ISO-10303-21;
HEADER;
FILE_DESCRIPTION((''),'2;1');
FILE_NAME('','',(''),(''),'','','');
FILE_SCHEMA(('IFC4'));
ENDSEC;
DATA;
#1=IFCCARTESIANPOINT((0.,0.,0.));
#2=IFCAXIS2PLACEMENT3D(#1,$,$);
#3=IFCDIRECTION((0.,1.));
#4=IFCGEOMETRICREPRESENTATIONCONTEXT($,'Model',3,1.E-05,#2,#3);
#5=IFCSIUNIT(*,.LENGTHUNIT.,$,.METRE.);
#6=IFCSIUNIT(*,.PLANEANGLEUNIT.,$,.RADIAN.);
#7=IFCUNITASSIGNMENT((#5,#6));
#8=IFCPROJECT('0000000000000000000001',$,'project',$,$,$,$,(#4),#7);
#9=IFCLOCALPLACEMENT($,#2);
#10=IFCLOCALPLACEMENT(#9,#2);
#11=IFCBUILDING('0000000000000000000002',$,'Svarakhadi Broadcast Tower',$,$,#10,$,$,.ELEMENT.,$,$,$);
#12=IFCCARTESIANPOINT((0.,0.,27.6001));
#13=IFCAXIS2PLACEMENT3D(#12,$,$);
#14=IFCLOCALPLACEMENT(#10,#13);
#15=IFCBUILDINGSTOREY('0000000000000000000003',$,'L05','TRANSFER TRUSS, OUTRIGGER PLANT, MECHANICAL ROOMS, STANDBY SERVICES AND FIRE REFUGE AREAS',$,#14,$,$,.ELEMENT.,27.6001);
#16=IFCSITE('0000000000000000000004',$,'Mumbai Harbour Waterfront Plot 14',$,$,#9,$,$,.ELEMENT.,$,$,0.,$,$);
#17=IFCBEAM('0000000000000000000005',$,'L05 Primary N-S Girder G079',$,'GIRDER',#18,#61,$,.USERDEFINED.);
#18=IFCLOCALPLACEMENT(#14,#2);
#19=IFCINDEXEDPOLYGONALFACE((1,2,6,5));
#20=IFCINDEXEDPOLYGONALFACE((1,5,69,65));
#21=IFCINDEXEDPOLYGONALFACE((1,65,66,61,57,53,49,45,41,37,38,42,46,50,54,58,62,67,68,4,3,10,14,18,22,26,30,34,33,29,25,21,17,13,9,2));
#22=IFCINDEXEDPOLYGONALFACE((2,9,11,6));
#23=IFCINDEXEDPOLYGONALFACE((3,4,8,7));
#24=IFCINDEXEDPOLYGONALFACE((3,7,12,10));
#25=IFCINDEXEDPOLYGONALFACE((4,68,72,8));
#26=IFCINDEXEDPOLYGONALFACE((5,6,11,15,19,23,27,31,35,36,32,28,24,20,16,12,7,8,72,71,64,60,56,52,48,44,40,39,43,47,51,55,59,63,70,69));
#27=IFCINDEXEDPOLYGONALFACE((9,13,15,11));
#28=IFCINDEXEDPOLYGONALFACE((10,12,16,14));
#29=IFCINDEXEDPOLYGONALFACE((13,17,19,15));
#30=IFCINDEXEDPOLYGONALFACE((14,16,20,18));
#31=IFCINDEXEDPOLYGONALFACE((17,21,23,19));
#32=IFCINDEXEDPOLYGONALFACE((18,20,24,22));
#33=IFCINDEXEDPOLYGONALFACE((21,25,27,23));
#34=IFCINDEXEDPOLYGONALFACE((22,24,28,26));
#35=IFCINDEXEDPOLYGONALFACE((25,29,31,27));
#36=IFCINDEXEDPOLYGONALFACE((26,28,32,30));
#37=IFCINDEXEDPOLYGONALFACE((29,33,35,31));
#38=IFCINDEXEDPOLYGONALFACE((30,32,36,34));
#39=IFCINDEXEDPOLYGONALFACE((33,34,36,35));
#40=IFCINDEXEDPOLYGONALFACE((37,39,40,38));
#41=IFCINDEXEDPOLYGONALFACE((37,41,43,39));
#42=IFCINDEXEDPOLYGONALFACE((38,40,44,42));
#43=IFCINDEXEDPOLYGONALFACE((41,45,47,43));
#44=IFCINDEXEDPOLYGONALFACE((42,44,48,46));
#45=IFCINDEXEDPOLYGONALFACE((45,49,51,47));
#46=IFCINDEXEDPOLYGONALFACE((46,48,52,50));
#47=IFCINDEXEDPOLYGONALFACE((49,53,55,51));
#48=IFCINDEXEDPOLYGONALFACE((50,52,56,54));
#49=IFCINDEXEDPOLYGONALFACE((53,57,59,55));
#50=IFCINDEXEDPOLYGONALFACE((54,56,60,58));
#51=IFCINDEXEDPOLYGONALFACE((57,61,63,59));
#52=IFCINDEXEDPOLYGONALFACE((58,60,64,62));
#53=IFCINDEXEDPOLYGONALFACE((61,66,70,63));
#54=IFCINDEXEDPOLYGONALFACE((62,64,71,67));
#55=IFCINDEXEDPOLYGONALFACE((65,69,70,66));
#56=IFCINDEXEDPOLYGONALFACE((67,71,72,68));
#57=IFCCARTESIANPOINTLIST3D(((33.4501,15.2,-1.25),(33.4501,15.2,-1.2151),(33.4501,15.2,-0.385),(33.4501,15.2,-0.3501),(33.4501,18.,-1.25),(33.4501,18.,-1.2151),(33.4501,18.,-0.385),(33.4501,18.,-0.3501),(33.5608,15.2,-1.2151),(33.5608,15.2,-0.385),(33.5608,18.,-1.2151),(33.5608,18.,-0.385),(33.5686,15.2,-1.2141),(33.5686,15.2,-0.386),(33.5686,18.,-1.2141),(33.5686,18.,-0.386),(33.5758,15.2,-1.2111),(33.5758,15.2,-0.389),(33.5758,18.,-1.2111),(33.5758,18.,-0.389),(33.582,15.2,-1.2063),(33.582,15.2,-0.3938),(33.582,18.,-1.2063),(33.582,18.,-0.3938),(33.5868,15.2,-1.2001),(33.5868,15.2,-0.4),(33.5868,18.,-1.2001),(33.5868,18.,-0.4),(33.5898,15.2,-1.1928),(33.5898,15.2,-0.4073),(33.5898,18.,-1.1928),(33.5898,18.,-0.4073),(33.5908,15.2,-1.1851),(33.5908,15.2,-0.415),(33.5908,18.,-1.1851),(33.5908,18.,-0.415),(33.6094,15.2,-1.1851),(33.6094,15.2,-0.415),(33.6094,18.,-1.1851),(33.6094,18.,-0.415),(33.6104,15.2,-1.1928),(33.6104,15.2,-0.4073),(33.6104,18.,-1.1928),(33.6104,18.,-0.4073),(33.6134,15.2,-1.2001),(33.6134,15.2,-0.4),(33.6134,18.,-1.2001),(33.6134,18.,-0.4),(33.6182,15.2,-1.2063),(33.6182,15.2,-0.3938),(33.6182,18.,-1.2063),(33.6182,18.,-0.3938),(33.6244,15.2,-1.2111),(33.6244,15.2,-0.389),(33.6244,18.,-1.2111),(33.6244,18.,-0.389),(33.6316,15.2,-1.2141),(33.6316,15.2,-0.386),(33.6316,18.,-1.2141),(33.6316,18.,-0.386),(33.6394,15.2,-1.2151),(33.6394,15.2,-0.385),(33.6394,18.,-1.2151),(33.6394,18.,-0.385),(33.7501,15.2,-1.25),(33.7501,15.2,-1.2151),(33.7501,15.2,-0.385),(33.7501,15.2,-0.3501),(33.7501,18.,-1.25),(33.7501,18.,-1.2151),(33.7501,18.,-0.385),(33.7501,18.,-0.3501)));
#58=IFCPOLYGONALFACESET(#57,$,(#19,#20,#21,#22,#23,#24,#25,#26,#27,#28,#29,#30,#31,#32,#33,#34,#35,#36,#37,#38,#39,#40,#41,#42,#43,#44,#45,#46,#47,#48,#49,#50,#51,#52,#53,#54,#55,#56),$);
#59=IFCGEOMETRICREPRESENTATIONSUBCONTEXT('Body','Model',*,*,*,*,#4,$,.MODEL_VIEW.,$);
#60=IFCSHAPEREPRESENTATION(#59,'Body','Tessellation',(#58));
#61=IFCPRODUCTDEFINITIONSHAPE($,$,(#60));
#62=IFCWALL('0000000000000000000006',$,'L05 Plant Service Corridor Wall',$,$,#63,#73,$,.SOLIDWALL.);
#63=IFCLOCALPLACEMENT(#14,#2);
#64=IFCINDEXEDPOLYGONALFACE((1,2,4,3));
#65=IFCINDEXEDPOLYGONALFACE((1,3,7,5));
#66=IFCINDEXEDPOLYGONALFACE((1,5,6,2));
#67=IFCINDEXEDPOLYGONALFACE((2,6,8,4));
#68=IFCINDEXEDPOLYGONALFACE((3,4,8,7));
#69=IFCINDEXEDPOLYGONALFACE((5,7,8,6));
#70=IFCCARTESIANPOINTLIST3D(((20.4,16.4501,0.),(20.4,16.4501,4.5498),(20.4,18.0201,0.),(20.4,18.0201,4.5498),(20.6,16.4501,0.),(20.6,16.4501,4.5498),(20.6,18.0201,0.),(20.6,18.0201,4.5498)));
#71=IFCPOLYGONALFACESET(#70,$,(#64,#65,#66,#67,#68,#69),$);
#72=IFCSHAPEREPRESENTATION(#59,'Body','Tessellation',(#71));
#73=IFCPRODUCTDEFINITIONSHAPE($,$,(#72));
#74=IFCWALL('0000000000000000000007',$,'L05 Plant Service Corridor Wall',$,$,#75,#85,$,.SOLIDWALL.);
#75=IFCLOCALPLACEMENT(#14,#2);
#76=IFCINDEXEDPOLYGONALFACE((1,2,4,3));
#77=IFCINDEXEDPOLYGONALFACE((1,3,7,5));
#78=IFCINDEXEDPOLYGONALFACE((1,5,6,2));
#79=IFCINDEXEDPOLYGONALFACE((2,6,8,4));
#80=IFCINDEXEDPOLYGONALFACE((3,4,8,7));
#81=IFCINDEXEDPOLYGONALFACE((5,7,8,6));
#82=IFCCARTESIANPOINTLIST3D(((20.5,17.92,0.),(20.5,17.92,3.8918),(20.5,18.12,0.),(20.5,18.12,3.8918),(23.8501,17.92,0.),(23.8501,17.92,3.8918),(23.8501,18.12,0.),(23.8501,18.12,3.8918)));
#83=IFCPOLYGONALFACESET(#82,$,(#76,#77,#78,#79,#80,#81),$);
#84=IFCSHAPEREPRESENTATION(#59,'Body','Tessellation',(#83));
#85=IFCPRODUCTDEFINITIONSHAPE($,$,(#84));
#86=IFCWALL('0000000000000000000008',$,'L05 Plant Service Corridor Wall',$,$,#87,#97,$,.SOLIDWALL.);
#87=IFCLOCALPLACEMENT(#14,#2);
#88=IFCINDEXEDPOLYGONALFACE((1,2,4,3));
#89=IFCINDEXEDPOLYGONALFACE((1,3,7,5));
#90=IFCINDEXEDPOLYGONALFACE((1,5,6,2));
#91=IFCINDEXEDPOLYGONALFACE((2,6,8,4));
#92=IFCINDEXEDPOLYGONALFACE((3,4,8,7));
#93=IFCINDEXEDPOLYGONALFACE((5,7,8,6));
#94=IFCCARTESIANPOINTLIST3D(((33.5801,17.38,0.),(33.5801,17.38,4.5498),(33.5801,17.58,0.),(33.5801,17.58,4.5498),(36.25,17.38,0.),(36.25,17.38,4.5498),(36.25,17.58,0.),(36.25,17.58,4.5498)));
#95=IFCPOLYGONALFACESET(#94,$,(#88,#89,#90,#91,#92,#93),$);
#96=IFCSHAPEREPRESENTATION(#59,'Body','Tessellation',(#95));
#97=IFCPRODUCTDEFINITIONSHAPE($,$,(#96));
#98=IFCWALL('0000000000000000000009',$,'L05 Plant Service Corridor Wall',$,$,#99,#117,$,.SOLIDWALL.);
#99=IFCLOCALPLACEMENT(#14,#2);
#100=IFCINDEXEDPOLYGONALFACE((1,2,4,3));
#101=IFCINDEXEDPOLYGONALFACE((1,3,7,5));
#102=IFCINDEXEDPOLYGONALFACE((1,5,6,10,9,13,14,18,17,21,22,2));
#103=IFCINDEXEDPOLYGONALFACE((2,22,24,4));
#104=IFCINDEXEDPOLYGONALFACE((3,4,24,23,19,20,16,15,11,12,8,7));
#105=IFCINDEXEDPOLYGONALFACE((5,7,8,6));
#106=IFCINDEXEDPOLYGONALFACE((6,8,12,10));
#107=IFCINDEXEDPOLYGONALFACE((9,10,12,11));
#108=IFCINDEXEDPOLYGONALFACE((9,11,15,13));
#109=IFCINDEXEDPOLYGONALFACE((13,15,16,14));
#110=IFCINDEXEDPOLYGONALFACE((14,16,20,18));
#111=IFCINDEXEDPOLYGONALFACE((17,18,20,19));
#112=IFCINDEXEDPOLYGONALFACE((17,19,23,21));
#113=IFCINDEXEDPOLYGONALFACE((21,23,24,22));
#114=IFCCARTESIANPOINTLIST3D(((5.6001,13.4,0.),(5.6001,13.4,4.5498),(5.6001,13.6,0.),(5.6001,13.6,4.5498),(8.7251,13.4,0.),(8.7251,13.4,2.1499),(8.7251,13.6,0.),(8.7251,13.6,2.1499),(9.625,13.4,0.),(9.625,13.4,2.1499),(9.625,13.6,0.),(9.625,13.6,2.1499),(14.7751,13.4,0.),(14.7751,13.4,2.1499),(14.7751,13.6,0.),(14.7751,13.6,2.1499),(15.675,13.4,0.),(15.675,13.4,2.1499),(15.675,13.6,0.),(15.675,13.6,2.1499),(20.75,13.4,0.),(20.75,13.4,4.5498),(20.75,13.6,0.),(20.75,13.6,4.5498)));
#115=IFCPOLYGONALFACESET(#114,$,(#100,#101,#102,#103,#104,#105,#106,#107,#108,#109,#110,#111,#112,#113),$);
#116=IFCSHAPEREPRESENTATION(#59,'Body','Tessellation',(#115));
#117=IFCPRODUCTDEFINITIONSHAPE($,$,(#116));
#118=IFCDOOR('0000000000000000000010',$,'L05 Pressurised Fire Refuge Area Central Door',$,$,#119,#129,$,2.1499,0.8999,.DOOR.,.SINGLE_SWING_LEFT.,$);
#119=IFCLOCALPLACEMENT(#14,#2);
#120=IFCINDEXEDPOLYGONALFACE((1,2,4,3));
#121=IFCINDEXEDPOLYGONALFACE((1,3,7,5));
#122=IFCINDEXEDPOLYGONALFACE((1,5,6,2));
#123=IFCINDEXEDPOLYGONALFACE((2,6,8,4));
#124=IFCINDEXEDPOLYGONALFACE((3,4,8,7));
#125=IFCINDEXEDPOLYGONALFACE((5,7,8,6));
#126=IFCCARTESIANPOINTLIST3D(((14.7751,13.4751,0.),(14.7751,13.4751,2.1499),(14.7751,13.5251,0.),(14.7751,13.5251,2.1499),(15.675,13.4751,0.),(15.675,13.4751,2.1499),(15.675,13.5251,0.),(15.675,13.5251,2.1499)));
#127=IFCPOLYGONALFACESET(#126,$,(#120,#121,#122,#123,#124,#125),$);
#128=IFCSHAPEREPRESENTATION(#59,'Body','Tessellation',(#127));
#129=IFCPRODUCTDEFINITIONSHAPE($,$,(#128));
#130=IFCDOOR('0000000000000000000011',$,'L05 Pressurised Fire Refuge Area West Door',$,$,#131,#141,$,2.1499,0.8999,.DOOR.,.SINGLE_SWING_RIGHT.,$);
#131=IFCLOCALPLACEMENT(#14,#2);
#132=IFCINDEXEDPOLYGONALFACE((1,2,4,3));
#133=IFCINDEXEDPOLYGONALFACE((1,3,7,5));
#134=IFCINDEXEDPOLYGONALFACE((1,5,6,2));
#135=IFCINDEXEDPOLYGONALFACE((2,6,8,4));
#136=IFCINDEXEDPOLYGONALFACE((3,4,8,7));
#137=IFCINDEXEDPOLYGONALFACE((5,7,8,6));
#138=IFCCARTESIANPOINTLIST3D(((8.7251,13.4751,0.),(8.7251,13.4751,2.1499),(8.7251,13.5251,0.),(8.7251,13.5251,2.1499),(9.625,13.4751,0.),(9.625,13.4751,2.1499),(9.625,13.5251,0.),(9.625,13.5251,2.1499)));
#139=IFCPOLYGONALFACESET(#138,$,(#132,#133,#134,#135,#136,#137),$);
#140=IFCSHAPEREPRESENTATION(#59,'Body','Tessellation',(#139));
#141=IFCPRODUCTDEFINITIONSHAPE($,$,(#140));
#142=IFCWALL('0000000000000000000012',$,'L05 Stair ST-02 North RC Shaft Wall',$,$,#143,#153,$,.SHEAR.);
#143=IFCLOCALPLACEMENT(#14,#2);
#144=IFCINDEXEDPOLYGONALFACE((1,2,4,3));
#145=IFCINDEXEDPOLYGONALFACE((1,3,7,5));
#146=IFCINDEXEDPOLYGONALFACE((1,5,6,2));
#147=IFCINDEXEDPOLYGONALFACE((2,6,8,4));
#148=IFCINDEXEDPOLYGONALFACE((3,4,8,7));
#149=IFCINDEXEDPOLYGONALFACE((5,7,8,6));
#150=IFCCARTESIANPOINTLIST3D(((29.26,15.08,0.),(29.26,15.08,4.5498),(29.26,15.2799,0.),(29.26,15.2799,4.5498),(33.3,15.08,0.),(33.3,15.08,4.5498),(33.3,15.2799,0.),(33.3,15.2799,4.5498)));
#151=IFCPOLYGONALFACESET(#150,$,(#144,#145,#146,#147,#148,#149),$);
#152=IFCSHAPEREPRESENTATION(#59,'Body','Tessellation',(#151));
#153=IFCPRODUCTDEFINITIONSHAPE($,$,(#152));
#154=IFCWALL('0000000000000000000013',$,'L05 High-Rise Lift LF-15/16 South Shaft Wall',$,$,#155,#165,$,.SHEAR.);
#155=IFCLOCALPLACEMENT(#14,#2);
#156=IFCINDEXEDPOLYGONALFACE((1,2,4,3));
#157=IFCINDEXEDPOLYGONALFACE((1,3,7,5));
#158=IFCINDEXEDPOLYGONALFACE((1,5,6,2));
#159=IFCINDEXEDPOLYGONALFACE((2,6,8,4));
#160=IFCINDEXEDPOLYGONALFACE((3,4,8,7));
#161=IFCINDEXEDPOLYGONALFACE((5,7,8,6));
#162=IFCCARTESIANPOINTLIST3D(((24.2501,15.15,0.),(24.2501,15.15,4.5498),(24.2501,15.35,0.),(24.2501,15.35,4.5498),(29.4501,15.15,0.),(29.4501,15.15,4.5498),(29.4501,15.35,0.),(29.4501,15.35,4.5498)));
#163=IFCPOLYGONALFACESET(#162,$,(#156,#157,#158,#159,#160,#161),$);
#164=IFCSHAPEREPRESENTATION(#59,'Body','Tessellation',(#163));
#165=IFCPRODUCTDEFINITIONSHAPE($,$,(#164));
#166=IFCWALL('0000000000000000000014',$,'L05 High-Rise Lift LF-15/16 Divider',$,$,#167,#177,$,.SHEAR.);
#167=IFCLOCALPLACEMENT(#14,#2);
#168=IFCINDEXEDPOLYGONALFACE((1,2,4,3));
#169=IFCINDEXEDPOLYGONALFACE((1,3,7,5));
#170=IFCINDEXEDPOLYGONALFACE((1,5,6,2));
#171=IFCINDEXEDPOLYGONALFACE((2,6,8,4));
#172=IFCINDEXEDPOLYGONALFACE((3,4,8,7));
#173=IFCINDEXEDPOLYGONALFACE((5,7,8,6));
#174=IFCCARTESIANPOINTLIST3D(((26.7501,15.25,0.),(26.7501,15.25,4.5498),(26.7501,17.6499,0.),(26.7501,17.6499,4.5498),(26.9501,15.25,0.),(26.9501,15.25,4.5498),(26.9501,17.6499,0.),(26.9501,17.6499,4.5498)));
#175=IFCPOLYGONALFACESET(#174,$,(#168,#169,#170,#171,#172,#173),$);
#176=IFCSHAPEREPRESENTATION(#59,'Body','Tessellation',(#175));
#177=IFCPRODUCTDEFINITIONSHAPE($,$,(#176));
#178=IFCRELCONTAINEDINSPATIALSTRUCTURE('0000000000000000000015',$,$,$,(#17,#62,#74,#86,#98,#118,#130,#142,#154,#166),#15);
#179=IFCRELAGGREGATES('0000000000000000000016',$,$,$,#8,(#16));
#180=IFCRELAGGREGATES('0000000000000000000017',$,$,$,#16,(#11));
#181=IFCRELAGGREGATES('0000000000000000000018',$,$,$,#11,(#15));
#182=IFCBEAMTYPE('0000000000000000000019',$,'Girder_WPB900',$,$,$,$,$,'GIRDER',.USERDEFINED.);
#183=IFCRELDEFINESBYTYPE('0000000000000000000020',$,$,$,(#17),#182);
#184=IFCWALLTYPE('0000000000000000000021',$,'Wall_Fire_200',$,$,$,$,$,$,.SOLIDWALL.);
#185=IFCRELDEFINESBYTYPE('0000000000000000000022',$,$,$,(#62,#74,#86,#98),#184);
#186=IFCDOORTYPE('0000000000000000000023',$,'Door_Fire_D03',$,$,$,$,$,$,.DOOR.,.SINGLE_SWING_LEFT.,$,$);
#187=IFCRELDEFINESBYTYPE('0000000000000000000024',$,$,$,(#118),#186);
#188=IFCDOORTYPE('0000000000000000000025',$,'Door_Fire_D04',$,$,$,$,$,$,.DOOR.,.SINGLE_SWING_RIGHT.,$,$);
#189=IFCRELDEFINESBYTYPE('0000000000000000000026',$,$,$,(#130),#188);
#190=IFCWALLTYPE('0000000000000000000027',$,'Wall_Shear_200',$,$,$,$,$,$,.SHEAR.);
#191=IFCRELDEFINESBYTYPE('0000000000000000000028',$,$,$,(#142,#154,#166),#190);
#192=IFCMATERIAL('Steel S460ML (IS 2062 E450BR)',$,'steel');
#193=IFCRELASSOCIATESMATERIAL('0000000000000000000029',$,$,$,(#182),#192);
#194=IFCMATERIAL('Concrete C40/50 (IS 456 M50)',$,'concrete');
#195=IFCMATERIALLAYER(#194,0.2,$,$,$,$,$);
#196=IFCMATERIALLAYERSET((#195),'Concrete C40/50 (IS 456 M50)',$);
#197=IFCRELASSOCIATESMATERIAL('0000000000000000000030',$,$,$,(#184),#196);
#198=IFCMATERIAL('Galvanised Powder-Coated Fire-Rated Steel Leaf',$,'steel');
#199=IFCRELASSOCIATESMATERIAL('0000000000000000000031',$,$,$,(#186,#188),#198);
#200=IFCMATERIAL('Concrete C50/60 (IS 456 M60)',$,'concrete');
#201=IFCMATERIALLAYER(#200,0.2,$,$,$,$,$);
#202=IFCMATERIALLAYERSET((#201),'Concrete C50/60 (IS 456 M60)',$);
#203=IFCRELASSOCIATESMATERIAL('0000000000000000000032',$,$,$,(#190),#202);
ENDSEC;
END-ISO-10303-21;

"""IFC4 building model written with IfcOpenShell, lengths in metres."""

from ifc_helpers import new_model, si_unit, direction, frame, frame_2d, origin, origin_2d, place, context, subcontext, project, spatial, rectangle, i_section, extrude, material, layer, layer_set, material_profile, profile_set, type_object, element, fill, save


model = new_model("IFC4")

# Units and contexts
model_context = context("Model", 3, precision=1e-05, world=origin(), true_north=direction((0.0, 1.0)))
body_context = subcontext(model_context, "Body", "Model", "MODEL_VIEW")
ifc_project = project(units=[si_unit("LENGTHUNIT", "METRE"), si_unit("PLANEANGLEUNIT", "RADIAN")], contexts=[model_context])

# Site, building, storey
site_placement = place(None, origin())
site = spatial("IfcSite", under=ifc_project, at=site_placement, Name="Mumbai Harbour Waterfront Plot 14", CompositionType="ELEMENT", RefElevation=0.0)
building_placement = place(site_placement, origin())
building = spatial("IfcBuilding", under=site, at=building_placement, Name="Svarakhadi Broadcast Tower", CompositionType="ELEMENT")
storey_placement = place(building_placement, frame((0.0, 0.0, 27.6001)))
storey = spatial("IfcBuildingStorey", under=building, at=storey_placement, Name="L05", Description="TRANSFER TRUSS, OUTRIGGER PLANT, MECHANICAL ROOMS, STANDBY SERVICES AND FIRE REFUGE AREAS", CompositionType="ELEMENT", Elevation=27.6001)

# Beam
ifc_material_1 = material(Name="Steel S460ML (IS 2062 E450BR)", Category="steel")
ifc_material_profile_1 = material_profile(ifc_material_1, i_section(OverallWidth=0.3, OverallDepth=0.8999, WebThickness=0.0186, FlangeThickness=0.0349, FilletRadius=0.03, at=origin_2d()), Name="WPB 900x300x291")
ifc_profile_set_1 = profile_set([ifc_material_profile_1], Name="Steel S460ML (IS 2062 E450BR)")
beam_type_1 = type_object("IfcBeamType", Name="Girder_WPB900", ElementType="GIRDER", PredefinedType="USERDEFINED", material=ifc_profile_set_1)
beam_1_placement = place(storey_placement, frame((33.6001, 15.2, -0.8), z_axis=(0.0, 1.0, 0.0), x_axis=(-1.0, 0.0, 0.0)))
element("IfcBeam", 1, at=beam_1_placement, inside=storey, type_object=beam_type_1, Name="L05 Primary N-S Girder G079", ObjectType="GIRDER", PredefinedType="USERDEFINED", context=body_context, shape_type="SweptSolid", body=[
    extrude(i_section(OverallWidth=0.3, OverallDepth=0.8999, WebThickness=0.0186, FlangeThickness=0.0349, FilletRadius=0.03, at=origin_2d()), origin(), (0.0, 0.0, 1.0), 2.8),
])

# Walls
ifc_material_2 = material(Name="Concrete C40/50 (IS 456 M50)", Category="concrete")
ifc_layer_1 = layer(ifc_material_2, 0.2)
ifc_layer_set_1 = layer_set([ifc_layer_1], Name="Concrete C40/50 (IS 456 M50)")
wall_type_1 = type_object("IfcWallType", Name="Wall_Fire_200", PredefinedType="SOLIDWALL", material=ifc_layer_set_1)
wall_1_placement = place(storey_placement, frame((20.5, 16.45, 0.0), z_axis=(0.0, 0.0, 1.0), x_axis=(0.0, 1.0, 0.0)))
element("IfcWall", 2, at=wall_1_placement, inside=storey, type_object=wall_type_1, Name="L05 Plant Service Corridor Wall", PredefinedType="SOLIDWALL", context=body_context, shape_type="SweptSolid", body=[
    extrude(rectangle(XDim=1.5701, YDim=0.2, at=frame_2d((0.7852, 0.0))), origin(), (0.0, 0.0, 1.0), 4.5498),
])
wall_2_placement = place(storey_placement, frame((20.5, 18.02, 0.0), z_axis=(0.0, 0.0, 1.0), x_axis=(1.0, 0.0, 0.0)))
element("IfcWall", 3, at=wall_2_placement, inside=storey, type_object=wall_type_1, Name="L05 Plant Service Corridor Wall", PredefinedType="SOLIDWALL", context=body_context, shape_type="SweptSolid", body=[
    extrude(rectangle(XDim=3.3501, YDim=0.2, at=frame_2d((1.675, 0.0))), origin(), (0.0, 0.0, 1.0), 3.8918),
])
wall_3_placement = place(storey_placement, frame((33.5801, 17.48, 0.0), z_axis=(0.0, 0.0, 1.0), x_axis=(1.0, 0.0, 0.0)))
element("IfcWall", 4, at=wall_3_placement, inside=storey, type_object=wall_type_1, Name="L05 Plant Service Corridor Wall", PredefinedType="SOLIDWALL", context=body_context, shape_type="SweptSolid", body=[
    extrude(rectangle(XDim=2.6699, YDim=0.2, at=frame_2d((1.335, 0.0))), origin(), (0.0, 0.0, 1.0), 4.5498),
])

# Wall, openings, doors
wall_4_placement = place(storey_placement, frame((20.75, 13.5, 0.0), z_axis=(0.0, 0.0, 1.0), x_axis=(-1.0, 0.0, 0.0)))
wall_4 = element("IfcWall", 5, at=wall_4_placement, inside=storey, type_object=wall_type_1, Name="L05 Plant Service Corridor Wall", PredefinedType="SOLIDWALL", context=body_context, shape_type="SweptSolid", body=[
    extrude(rectangle(XDim=15.1499, YDim=0.2, at=frame_2d((7.575, 0.0))), origin(), (0.0, 0.0, 1.0), 4.5498),
])
opening_1_placement = place(wall_4_placement, frame((11.125, 0.0, 0.0)))
opening_1 = element("IfcOpeningElement", 6, at=opening_1_placement, cuts=wall_4, PredefinedType="OPENING", context=body_context, shape_type="SweptSolid", body=[
    extrude(rectangle(XDim=0.8999, YDim=2.1499, at=frame_2d((0.45, 1.075))), frame((0.0, 0.1099, 0.0), z_axis=(0.0, -1.0, 0.0), x_axis=(1.0, 0.0, 0.0)), (0.0, 0.0, 1.0), 0.22),
])
opening_2_placement = place(wall_4_placement, frame((5.075, 0.0, 0.0)))
opening_2 = element("IfcOpeningElement", 7, at=opening_2_placement, cuts=wall_4, PredefinedType="OPENING", context=body_context, shape_type="SweptSolid", body=[
    extrude(rectangle(XDim=0.8999, YDim=2.1499, at=frame_2d((0.45, 1.075))), frame((0.0, 0.1099, 0.0), z_axis=(0.0, -1.0, 0.0), x_axis=(1.0, 0.0, 0.0)), (0.0, 0.0, 1.0), 0.22),
])
ifc_material_3 = material(Name="Galvanised Powder-Coated Fire-Rated Steel Leaf", Category="steel")
door_type_1 = type_object("IfcDoorType", Name="Door_Fire_D03", OperationType="SINGLE_SWING_LEFT", PredefinedType="DOOR", material=ifc_material_3)
door_1_placement = place(opening_2_placement, origin())
door_1 = element("IfcDoor", 8, at=door_1_placement, inside=storey, type_object=door_type_1, Name="L05 Pressurised Fire Refuge Area Central Door", OperationType="SINGLE_SWING_LEFT", OverallHeight=2.1499, OverallWidth=0.8999, PredefinedType="DOOR", context=body_context, shape_type="SweptSolid", body=[
    extrude(rectangle(XDim=0.8999, YDim=2.1499, at=frame_2d((0.45, 1.075))), frame((0.0, 0.0249, 0.0), z_axis=(0.0, -1.0, 0.0), x_axis=(1.0, 0.0, 0.0)), (0.0, 0.0, 1.0), 0.05),
])
fill(opening_2, door_1)
door_type_2 = type_object("IfcDoorType", Name="Door_Fire_D04", OperationType="SINGLE_SWING_RIGHT", PredefinedType="DOOR", material=ifc_material_3)
door_2_placement = place(opening_1_placement, origin())
door_2 = element("IfcDoor", 9, at=door_2_placement, inside=storey, type_object=door_type_2, Name="L05 Pressurised Fire Refuge Area West Door", OperationType="SINGLE_SWING_RIGHT", OverallHeight=2.1499, OverallWidth=0.8999, PredefinedType="DOOR", context=body_context, shape_type="SweptSolid", body=[
    extrude(rectangle(XDim=0.8999, YDim=2.1499, at=frame_2d((0.45, 1.075))), frame((0.0, 0.0249, 0.0), z_axis=(0.0, -1.0, 0.0), x_axis=(1.0, 0.0, 0.0)), (0.0, 0.0, 1.0), 0.05),
])
fill(opening_1, door_2)

# Wall
ifc_material_4 = material(Name="Concrete C50/60 (IS 456 M60)", Category="concrete")
ifc_layer_2 = layer(ifc_material_4, 0.2)
ifc_layer_set_2 = layer_set([ifc_layer_2], Name="Concrete C50/60 (IS 456 M60)")
wall_type_2 = type_object("IfcWallType", Name="Wall_Shear_200", PredefinedType="SHEAR", material=ifc_layer_set_2)
wall_5_placement = place(storey_placement, frame((29.26, 15.1799, 0.0), z_axis=(0.0, 0.0, 1.0), x_axis=(1.0, 0.0, 0.0)))
element("IfcWall", 10, at=wall_5_placement, inside=storey, type_object=wall_type_2, Name="L05 Stair ST-02 North RC Shaft Wall", PredefinedType="SHEAR", context=body_context, shape_type="SweptSolid", body=[
    extrude(rectangle(XDim=4.04, YDim=0.2, at=frame_2d((2.02, 0.0))), origin(), (0.0, 0.0, 1.0), 4.5498),
])

# Walls
wall_6_placement = place(storey_placement, frame((24.25, 15.25, 0.0), z_axis=(0.0, 0.0, 1.0), x_axis=(1.0, 0.0, 0.0)))
element("IfcWall", 11, at=wall_6_placement, inside=storey, type_object=wall_type_2, Name="L05 High-Rise Lift LF-15/16 South Shaft Wall", PredefinedType="SHEAR", context=body_context, shape_type="SweptSolid", body=[
    extrude(rectangle(XDim=5.2, YDim=0.2, at=frame_2d((2.6001, 0.0))), origin(), (0.0, 0.0, 1.0), 4.5498),
])
wall_7_placement = place(storey_placement, frame((26.8501, 15.25, 0.0), z_axis=(0.0, 0.0, 1.0), x_axis=(0.0, 1.0, 0.0)))
element("IfcWall", 12, at=wall_7_placement, inside=storey, type_object=wall_type_2, Name="L05 High-Rise Lift LF-15/16 Divider", PredefinedType="SHEAR", context=body_context, shape_type="SweptSolid", body=[
    extrude(rectangle(XDim=2.3999, YDim=0.2, at=frame_2d((1.2, 0.0))), origin(), (0.0, 0.0, 1.0), 4.5498),
])

save(model, "model.ifc")
